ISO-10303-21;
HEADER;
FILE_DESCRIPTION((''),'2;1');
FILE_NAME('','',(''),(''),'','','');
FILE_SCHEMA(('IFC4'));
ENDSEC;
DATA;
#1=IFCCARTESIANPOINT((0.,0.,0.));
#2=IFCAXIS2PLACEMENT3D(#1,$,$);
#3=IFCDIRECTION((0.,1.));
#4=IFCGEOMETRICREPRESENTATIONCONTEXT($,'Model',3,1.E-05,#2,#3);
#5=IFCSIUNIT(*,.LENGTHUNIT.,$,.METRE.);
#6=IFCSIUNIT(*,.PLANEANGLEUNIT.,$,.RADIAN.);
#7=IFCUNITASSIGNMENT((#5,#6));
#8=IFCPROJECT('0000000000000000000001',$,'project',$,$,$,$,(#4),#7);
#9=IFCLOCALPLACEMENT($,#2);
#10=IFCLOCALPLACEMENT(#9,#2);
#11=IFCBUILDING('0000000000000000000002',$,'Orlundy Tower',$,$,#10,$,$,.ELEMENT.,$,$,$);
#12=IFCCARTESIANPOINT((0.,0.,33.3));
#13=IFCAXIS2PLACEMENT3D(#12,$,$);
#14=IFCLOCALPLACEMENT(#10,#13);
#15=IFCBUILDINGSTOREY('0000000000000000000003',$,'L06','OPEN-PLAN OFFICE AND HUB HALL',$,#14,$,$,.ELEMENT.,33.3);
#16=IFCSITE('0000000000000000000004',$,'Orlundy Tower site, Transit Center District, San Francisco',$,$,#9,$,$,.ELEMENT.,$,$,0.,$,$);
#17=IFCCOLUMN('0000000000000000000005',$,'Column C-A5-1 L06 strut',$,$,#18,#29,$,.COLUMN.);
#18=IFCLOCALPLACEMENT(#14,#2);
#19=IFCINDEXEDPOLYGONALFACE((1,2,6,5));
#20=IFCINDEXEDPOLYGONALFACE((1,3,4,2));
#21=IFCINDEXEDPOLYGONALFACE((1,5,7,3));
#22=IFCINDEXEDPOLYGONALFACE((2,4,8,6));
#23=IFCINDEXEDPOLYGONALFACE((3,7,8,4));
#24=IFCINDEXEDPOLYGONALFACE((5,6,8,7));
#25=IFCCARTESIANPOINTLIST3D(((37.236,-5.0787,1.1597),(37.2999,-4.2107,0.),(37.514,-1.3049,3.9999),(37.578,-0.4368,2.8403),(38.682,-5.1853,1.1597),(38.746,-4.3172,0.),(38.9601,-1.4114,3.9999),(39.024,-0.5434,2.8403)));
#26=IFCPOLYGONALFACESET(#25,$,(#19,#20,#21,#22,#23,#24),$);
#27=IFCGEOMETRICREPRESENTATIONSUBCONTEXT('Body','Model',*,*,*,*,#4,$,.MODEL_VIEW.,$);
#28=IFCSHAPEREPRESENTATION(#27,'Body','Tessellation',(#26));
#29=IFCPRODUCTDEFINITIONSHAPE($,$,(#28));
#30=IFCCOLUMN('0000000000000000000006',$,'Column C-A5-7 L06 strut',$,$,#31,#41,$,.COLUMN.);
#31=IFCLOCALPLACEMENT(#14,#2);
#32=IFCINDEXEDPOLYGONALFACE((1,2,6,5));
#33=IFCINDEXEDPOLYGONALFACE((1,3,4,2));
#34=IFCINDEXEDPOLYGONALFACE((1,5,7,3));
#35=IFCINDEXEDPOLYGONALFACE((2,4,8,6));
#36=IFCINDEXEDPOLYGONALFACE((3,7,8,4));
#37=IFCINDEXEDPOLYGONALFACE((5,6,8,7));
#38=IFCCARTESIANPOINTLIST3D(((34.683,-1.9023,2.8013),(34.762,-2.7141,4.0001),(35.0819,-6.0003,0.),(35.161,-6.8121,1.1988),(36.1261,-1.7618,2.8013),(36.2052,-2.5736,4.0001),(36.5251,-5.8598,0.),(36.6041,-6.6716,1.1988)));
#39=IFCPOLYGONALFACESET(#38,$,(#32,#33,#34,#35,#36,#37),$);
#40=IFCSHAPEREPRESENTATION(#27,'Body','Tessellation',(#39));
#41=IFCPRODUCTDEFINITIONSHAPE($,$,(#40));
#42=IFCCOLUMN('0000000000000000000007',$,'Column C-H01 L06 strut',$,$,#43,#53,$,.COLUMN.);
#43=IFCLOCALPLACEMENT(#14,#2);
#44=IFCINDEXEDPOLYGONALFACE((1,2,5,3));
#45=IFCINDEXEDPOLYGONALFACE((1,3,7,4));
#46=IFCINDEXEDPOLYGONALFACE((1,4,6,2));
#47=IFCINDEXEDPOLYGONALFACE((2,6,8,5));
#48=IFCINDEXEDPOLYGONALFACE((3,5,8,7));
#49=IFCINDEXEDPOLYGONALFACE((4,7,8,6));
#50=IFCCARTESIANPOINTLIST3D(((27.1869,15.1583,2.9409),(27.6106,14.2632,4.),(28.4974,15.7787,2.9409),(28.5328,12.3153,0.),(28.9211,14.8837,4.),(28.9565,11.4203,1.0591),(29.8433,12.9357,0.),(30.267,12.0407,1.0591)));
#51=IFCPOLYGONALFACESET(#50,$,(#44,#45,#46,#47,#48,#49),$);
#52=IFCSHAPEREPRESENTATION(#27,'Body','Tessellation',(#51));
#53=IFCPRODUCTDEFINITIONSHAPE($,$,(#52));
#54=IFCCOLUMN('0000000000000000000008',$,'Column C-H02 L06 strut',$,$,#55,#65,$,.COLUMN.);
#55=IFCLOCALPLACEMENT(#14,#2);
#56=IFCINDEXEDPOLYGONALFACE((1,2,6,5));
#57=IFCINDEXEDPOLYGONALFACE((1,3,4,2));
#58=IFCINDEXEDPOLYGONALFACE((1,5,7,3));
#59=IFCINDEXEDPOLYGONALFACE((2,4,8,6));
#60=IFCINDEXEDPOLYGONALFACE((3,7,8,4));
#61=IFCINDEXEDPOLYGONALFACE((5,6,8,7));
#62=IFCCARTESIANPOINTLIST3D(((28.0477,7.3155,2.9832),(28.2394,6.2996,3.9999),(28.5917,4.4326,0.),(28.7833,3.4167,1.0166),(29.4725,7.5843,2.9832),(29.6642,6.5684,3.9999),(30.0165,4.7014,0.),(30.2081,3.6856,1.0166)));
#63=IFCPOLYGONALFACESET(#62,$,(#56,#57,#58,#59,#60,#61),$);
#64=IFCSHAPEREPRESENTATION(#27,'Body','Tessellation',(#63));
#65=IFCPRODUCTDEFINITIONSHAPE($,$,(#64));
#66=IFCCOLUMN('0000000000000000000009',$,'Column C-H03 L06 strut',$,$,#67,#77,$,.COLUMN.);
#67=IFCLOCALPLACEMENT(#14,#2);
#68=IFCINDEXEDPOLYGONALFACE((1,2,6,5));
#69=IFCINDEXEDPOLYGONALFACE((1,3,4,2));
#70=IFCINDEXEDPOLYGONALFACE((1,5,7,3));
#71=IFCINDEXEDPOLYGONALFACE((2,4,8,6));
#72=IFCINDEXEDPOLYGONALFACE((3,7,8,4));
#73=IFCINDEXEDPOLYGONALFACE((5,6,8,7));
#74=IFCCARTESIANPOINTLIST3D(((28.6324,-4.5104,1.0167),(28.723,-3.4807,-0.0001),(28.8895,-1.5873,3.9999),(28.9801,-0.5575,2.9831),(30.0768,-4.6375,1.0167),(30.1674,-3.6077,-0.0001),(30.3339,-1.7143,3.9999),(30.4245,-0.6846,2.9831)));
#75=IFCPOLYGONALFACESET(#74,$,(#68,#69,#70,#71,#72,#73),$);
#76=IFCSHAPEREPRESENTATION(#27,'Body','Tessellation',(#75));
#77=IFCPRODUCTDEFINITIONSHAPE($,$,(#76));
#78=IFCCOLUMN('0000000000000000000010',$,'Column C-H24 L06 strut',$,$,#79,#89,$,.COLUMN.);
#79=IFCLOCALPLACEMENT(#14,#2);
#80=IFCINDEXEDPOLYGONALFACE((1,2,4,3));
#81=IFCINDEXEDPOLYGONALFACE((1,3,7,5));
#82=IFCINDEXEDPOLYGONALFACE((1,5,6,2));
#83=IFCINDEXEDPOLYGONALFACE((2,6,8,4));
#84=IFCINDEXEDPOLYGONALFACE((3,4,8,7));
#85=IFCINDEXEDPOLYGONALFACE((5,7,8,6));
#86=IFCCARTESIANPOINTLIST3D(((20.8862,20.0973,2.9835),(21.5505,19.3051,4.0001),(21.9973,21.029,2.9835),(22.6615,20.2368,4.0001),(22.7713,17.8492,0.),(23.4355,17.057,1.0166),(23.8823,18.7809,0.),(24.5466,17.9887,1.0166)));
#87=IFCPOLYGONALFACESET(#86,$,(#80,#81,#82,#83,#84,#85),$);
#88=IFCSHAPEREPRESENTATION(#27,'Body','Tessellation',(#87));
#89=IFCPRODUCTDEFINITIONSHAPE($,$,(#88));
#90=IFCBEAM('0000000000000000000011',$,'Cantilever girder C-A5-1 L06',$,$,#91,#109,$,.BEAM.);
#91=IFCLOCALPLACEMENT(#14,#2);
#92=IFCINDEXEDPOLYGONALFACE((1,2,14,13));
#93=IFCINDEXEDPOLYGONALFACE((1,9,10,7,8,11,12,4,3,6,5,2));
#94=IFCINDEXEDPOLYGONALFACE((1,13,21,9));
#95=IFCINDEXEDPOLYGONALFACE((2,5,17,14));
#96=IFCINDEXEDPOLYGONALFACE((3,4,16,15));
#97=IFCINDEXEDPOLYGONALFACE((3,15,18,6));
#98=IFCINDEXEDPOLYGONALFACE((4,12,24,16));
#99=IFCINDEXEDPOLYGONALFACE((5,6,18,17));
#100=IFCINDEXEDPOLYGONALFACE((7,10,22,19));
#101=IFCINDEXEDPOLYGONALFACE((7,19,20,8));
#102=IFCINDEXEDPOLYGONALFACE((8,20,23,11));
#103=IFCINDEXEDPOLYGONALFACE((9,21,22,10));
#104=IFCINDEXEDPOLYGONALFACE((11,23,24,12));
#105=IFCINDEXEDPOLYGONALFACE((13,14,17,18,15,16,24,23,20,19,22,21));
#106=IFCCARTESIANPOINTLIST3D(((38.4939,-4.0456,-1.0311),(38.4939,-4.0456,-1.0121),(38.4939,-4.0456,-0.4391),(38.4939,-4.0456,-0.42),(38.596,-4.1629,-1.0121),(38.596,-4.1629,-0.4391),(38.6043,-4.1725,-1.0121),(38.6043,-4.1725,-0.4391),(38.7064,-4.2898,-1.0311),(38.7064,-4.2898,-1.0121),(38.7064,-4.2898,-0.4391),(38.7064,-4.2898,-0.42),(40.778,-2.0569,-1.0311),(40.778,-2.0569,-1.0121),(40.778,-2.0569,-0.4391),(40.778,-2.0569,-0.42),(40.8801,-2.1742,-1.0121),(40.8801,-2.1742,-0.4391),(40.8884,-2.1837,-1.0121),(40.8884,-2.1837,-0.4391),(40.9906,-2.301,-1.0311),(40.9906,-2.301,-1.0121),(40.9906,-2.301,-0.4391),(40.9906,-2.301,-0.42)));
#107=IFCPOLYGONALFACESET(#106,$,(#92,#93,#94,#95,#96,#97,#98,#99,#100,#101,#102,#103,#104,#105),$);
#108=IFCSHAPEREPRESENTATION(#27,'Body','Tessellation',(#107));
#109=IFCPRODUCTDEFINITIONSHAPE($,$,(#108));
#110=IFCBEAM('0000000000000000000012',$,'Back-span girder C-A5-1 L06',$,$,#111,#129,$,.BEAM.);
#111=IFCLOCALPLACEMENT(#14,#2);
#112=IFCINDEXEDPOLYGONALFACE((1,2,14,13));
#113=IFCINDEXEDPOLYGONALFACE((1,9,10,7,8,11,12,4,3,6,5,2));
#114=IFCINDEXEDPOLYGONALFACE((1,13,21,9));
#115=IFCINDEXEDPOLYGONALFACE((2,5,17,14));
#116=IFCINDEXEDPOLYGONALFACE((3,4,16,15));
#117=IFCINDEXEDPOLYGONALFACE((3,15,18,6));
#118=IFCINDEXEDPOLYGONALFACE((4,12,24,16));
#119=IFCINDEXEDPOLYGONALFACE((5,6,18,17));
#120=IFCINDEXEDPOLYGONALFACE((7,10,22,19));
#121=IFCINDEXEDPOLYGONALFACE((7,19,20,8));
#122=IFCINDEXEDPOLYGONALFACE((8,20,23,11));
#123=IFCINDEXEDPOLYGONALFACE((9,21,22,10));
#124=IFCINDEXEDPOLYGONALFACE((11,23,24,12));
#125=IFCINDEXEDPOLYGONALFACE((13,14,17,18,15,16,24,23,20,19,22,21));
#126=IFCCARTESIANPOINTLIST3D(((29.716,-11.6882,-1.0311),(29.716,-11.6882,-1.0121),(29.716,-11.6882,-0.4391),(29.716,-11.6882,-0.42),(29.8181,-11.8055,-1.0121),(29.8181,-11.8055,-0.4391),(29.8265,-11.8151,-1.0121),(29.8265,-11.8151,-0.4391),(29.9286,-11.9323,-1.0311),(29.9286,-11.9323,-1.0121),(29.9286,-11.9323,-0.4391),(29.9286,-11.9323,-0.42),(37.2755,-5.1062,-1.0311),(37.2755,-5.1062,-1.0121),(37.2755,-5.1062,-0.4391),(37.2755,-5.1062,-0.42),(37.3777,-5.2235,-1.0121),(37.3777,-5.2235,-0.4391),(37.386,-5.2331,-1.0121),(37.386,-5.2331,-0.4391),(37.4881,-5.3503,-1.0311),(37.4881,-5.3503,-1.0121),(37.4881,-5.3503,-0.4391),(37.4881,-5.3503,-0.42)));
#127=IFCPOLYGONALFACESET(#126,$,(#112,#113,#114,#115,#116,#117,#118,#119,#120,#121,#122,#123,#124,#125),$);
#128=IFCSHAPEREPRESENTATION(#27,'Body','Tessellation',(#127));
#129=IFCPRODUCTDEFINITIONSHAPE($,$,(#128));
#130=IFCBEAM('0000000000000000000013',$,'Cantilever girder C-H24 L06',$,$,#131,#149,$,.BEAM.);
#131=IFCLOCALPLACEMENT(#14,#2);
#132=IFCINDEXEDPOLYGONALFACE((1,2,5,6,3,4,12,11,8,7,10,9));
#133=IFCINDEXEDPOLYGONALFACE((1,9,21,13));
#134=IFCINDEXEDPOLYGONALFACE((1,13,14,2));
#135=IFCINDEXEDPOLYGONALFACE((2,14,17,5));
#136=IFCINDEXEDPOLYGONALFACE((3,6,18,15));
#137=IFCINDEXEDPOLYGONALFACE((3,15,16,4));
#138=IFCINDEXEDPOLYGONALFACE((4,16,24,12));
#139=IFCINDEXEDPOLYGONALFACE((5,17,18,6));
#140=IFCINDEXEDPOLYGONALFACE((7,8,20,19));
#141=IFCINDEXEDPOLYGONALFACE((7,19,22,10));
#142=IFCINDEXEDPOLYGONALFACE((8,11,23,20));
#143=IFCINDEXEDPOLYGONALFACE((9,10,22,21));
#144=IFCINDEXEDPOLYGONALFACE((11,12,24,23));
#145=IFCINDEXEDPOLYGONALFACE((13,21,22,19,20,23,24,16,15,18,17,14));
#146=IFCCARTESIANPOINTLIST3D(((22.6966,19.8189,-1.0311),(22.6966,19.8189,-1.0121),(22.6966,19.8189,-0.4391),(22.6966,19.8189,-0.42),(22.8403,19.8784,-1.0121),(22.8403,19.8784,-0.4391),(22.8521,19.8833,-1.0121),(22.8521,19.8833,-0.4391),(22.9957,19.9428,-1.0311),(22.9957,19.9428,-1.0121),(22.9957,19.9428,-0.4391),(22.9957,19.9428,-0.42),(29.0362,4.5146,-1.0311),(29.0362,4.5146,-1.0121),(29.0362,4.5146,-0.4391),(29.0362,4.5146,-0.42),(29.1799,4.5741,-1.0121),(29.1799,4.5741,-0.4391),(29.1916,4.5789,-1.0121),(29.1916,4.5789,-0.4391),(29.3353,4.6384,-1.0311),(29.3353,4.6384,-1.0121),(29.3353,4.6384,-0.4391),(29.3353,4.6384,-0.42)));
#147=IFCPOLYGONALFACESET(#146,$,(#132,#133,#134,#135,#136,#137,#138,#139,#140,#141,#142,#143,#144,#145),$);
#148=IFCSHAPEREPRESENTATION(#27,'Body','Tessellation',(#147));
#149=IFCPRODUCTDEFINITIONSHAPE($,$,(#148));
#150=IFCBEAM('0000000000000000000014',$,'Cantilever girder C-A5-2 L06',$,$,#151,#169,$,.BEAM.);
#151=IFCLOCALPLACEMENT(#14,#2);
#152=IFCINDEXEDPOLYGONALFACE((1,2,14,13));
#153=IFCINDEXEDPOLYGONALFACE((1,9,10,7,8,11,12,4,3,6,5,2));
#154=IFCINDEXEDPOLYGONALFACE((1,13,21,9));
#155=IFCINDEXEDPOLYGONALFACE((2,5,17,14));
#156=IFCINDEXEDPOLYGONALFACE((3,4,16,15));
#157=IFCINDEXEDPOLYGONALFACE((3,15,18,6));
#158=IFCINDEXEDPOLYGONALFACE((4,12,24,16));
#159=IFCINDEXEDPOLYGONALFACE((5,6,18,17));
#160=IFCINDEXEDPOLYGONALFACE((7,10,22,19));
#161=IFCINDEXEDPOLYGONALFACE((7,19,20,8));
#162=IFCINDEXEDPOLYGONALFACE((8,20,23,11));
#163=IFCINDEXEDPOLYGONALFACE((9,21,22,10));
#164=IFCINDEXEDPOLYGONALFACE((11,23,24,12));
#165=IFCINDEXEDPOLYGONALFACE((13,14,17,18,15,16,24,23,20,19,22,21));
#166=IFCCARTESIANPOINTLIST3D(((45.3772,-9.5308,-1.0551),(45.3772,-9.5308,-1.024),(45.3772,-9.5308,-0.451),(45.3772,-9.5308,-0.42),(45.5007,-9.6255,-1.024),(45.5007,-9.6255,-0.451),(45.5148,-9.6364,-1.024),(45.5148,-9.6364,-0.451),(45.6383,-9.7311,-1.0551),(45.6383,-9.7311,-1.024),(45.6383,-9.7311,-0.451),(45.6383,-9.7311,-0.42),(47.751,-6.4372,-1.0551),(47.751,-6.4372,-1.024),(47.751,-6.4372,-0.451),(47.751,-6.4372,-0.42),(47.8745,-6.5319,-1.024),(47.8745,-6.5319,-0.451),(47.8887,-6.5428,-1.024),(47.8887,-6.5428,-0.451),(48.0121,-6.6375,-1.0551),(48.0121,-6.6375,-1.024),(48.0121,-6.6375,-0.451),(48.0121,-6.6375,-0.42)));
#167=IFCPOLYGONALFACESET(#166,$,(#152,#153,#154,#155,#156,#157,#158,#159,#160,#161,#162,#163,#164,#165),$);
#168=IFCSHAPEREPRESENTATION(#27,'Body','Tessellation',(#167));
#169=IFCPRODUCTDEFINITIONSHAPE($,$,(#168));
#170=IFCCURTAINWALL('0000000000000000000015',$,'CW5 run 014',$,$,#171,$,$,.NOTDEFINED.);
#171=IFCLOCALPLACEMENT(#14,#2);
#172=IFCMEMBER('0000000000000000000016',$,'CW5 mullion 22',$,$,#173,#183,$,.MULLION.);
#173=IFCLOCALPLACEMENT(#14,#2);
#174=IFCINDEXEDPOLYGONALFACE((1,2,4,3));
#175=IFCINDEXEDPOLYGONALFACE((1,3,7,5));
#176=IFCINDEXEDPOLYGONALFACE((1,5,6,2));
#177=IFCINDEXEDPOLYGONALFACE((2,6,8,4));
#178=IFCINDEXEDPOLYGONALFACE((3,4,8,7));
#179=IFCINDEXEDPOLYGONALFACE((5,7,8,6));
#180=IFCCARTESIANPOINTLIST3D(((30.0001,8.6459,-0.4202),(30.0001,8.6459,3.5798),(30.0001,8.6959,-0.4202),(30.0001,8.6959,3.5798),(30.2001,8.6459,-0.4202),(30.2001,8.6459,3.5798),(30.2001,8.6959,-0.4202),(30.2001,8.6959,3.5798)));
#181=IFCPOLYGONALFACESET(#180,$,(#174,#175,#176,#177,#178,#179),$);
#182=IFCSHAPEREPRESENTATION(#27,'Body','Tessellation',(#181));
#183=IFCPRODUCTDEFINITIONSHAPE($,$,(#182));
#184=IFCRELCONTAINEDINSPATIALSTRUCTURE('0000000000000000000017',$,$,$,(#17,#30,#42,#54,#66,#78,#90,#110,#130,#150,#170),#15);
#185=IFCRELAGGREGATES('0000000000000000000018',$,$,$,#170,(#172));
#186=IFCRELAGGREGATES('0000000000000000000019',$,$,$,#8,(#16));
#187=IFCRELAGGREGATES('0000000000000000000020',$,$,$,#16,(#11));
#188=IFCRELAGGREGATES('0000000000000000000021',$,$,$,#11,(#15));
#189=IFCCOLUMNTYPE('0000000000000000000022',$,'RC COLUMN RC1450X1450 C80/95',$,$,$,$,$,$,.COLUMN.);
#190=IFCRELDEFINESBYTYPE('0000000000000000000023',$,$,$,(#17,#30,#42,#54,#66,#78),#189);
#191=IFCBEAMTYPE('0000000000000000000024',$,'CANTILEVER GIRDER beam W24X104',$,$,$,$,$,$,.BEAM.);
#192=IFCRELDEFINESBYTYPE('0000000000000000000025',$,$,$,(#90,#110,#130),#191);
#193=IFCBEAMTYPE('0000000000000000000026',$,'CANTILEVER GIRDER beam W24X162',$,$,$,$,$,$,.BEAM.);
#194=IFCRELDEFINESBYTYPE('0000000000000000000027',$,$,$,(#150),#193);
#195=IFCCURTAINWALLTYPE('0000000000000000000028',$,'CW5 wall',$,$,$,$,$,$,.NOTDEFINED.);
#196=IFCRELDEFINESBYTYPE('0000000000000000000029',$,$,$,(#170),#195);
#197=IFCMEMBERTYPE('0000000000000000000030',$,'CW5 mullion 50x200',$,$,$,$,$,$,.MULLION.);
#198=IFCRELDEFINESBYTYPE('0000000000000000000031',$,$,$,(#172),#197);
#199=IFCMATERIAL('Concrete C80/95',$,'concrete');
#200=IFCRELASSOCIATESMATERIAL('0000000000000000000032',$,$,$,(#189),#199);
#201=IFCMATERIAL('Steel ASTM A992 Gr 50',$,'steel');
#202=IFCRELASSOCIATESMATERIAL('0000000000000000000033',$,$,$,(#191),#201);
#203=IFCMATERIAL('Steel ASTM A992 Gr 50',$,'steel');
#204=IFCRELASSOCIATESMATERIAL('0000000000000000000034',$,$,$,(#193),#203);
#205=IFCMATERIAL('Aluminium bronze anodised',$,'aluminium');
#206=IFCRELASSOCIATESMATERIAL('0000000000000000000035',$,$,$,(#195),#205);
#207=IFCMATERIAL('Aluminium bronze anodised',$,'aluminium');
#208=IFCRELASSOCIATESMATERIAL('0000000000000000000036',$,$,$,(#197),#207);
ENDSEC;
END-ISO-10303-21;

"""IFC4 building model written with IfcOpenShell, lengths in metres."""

from ifc_helpers import new_model, si_unit, direction, frame, origin, origin_2d, place, context, subcontext, project, spatial, rectangle, i_section, extrude, material, material_profile, profile_set, type_object, element, aggregate, save


model = new_model("IFC4")

# Units and contexts
model_context = context("Model", 3, precision=1e-05, world=origin(), true_north=direction((0.0, 1.0)))
body_context = subcontext(model_context, "Body", "Model", "MODEL_VIEW")
ifc_project = project(units=[si_unit("LENGTHUNIT", "METRE"), si_unit("PLANEANGLEUNIT", "RADIAN")], contexts=[model_context])

# Site, building, storey
site_placement = place(None, origin())
site = spatial("IfcSite", under=ifc_project, at=site_placement, Name="Orlundy Tower site, Transit Center District, San Francisco", CompositionType="ELEMENT", RefElevation=0.0)
building_placement = place(site_placement, origin())
building = spatial("IfcBuilding", under=site, at=building_placement, Name="Orlundy Tower", CompositionType="ELEMENT")
storey_placement = place(building_placement, frame((0.0, 0.0, 33.3)))
storey = spatial("IfcBuildingStorey", under=building, at=storey_placement, Name="L06", Description="OPEN-PLAN OFFICE AND HUB HALL", CompositionType="ELEMENT", Elevation=33.3)

# Columns
ifc_material_1 = material(Name="Concrete C80/95", Category="concrete")
ifc_material_profile_1 = material_profile(ifc_material_1, rectangle(XDim=1.45, YDim=1.45, at=origin_2d()), Name="RC1450X1450")
ifc_profile_set_1 = profile_set([ifc_material_profile_1], Name="Concrete C80/95")
column_type = type_object("IfcColumnType", Name="RC COLUMN RC1450X1450 C80/95", PredefinedType="COLUMN", material=ifc_profile_set_1)
column_1_placement = place(storey_placement, frame((37.991, -4.698, 0.5798), z_axis=(0.058771, 0.797613, 0.600299), x_axis=(-0.997296, 0.073484, 0.0)))
element("IfcColumn", 1, at=column_1_placement, inside=storey, type_object=column_type, Name="Column C-A5-1 L06 strut", PredefinedType="COLUMN", context=body_context, shape_type="SweptSolid", body=[
    extrude(rectangle(XDim=1.45, YDim=1.45, at=origin_2d()), origin(), (0.0, 0.0, 1.0), 4.7314),
])
column_2_placement = place(storey_placement, frame((35.843, -6.3359, 0.5994), z_axis=(-0.080108, 0.822894, 0.562519), x_axis=(-0.995295, -0.096891, 0.0)))
element("IfcColumn", 2, at=column_2_placement, inside=storey, type_object=column_type, Name="Column C-A5-7 L06 strut", PredefinedType="COLUMN", context=body_context, shape_type="SweptSolid", body=[
    extrude(rectangle(XDim=1.45, YDim=1.45, at=origin_2d()), origin(), (0.0, 0.0, 1.0), 4.98),
])
column_3_placement = place(storey_placement, frame((29.3999, 12.178, 0.5295), z_axis=(-0.312561, 0.660216, 0.68295), x_axis=(-0.903829, -0.427893, 0.0)))
element("IfcColumn", 3, at=column_3_placement, inside=storey, type_object=column_type, Name="Column C-H01 L06 strut", PredefinedType="COLUMN", context=body_context, shape_type="SweptSolid", body=[
    extrude(rectangle(XDim=1.45, YDim=1.45, at=origin_2d()), origin(), (0.0, 0.0, 1.0), 4.3062),
])
column_4_placement = place(storey_placement, frame((29.3999, 4.0591, 0.5083), z_axis=(-0.130007, 0.689012, 0.712994), x_axis=(-0.982661, -0.185414, 0.0)))
element("IfcColumn", 4, at=column_4_placement, inside=storey, type_object=column_type, Name="Column C-H02 L06 strut", PredefinedType="COLUMN", context=body_context, shape_type="SweptSolid", body=[
    extrude(rectangle(XDim=1.45, YDim=1.45, at=origin_2d()), origin(), (0.0, 0.0, 1.0), 4.1841),
])
column_5_placement = place(storey_placement, frame((29.3999, -4.0591, 0.5083), z_axis=(0.061437, 0.698558, 0.712911), x_axis=(-0.996155, 0.08761, 0.0)))
element("IfcColumn", 5, at=column_5_placement, inside=storey, type_object=column_type, Name="Column C-H03 L06 strut", PredefinedType="COLUMN", context=body_context, shape_type="SweptSolid", body=[
    extrude(rectangle(XDim=1.45, YDim=1.45, at=origin_2d()), origin(), (0.0, 0.0, 1.0), 4.1846),
])
column_6_placement = place(storey_placement, frame((23.6589, 17.9189, 0.5083), z_axis=(-0.450505, 0.537269, 0.713013), x_axis=(-0.766267, -0.642522, 0.0)))
element("IfcColumn", 6, at=column_6_placement, inside=storey, type_object=column_type, Name="Column C-H24 L06 strut", PredefinedType="COLUMN", context=body_context, shape_type="SweptSolid", body=[
    extrude(rectangle(XDim=1.45, YDim=1.45, at=origin_2d()), origin(), (0.0, 0.0, 1.0), 4.1843),
])

# Beams
ifc_material_2 = material(Name="Steel ASTM A992 Gr 50", Category="steel")
ifc_material_profile_2 = material_profile(ifc_material_2, i_section(OverallWidth=0.3237, OverallDepth=0.6111, WebThickness=0.0127, FlangeThickness=0.019, at=origin_2d()), Name="W24X104")
ifc_profile_set_2 = profile_set([ifc_material_profile_2], Name="Steel ASTM A992 Gr 50")
beam_type_1 = type_object("IfcBeamType", Name="CANTILEVER GIRDER beam W24X104", PredefinedType="BEAM", material=ifc_profile_set_2)
beam_1_placement = place(storey_placement, frame((40.8843, -2.179, -0.7256), z_axis=(-0.754192, -0.656654, 0.0), x_axis=(0.656654, -0.754192, 0.0)))
element("IfcBeam", 7, at=beam_1_placement, inside=storey, type_object=beam_type_1, Name="Cantilever girder C-A5-1 L06", PredefinedType="BEAM", context=body_context, shape_type="SweptSolid", body=[
    extrude(i_section(OverallWidth=0.3237, OverallDepth=0.6111, WebThickness=0.0127, FlangeThickness=0.019, at=origin_2d()), origin(), (0.0, 0.0, 1.0), 3.0286),
])
beam_2_placement = place(storey_placement, frame((37.3818, -5.2283, -0.7256), z_axis=(-0.754186, -0.656661, 0.0), x_axis=(0.656661, -0.754186, 0.0)))
element("IfcBeam", 8, at=beam_2_placement, inside=storey, type_object=beam_type_1, Name="Back-span girder C-A5-1 L06", PredefinedType="BEAM", context=body_context, shape_type="SweptSolid", body=[
    extrude(i_section(OverallWidth=0.3237, OverallDepth=0.6111, WebThickness=0.0127, FlangeThickness=0.019, at=origin_2d()), origin(), (0.0, 0.0, 1.0), 10.0234),
])
beam_3_placement = place(storey_placement, frame((22.8462, 19.8809, -0.7256), z_axis=(0.382698, -0.923873, 0.0), x_axis=(0.923873, 0.382698, 0.0)))
element("IfcBeam", 9, at=beam_3_placement, inside=storey, type_object=beam_type_1, Name="Cantilever girder C-H24 L06", PredefinedType="BEAM", context=body_context, shape_type="SweptSolid", body=[
    extrude(i_section(OverallWidth=0.3237, OverallDepth=0.6111, WebThickness=0.0127, FlangeThickness=0.019, at=origin_2d()), origin(), (0.0, 0.0, 1.0), 16.5654),
])
ifc_material_3 = material(Name="Steel ASTM A992 Gr 50", Category="steel")
ifc_material_profile_3 = material_profile(ifc_material_3, i_section(OverallWidth=0.3291, OverallDepth=0.635, WebThickness=0.0178, FlangeThickness=0.031, at=origin_2d()), Name="W24X162")
ifc_profile_set_3 = profile_set([ifc_material_profile_3], Name="Steel ASTM A992 Gr 50")
beam_type_2 = type_object("IfcBeamType", Name="CANTILEVER GIRDER beam W24X162", PredefinedType="BEAM", material=ifc_profile_set_3)
beam_4_placement = place(storey_placement, frame((47.8816, -6.5374, -0.7375), z_axis=(-0.608769, -0.793347, 0.0), x_axis=(0.793347, -0.608769, 0.0)))
element("IfcBeam", 10, at=beam_4_placement, inside=storey, type_object=beam_type_2, Name="Cantilever girder C-A5-2 L06", PredefinedType="BEAM", context=body_context, shape_type="SweptSolid", body=[
    extrude(i_section(OverallWidth=0.3291, OverallDepth=0.635, WebThickness=0.0178, FlangeThickness=0.031, at=origin_2d()), origin(), (0.0, 0.0, 1.0), 3.8994),
])

# Curtain wall, member
ifc_material_4 = material(Name="Aluminium bronze anodised", Category="aluminium")
curtain_wall_type = type_object("IfcCurtainWallType", Name="CW5 wall", PredefinedType="NOTDEFINED", material=ifc_material_4)
curtain_wall_1_placement = place(storey_placement, origin())
curtain_wall_1 = element("IfcCurtainWall", 11, at=curtain_wall_1_placement, inside=storey, type_object=curtain_wall_type, Name="CW5 run 014", PredefinedType="NOTDEFINED")
ifc_material_5 = material(Name="Aluminium bronze anodised", Category="aluminium")
ifc_material_profile_4 = material_profile(ifc_material_5, rectangle(XDim=0.2, YDim=0.05, at=origin_2d()), Name="CW5 mullion 50x200")
ifc_profile_set_4 = profile_set([ifc_material_profile_4], Name="Aluminium bronze anodised")
member_type_1 = type_object("IfcMemberType", Name="CW5 mullion 50x200", PredefinedType="MULLION", material=ifc_profile_set_4)
member_1_placement = place(storey_placement, frame((30.1001, 8.6709, -0.4202), z_axis=(0.0, 0.0, 1.0), x_axis=(1.0, 0.0, 0.0)))
member_1 = element("IfcMember", 12, at=member_1_placement, type_object=member_type_1, Name="CW5 mullion 22", PredefinedType="MULLION", context=body_context, shape_type="SweptSolid", body=[
    extrude(rectangle(XDim=0.2, YDim=0.05, at=origin_2d()), origin(), (0.0, 0.0, 1.0), 4.0),
])

aggregate(curtain_wall_1, [member_1])

save(model, "model.ifc")
